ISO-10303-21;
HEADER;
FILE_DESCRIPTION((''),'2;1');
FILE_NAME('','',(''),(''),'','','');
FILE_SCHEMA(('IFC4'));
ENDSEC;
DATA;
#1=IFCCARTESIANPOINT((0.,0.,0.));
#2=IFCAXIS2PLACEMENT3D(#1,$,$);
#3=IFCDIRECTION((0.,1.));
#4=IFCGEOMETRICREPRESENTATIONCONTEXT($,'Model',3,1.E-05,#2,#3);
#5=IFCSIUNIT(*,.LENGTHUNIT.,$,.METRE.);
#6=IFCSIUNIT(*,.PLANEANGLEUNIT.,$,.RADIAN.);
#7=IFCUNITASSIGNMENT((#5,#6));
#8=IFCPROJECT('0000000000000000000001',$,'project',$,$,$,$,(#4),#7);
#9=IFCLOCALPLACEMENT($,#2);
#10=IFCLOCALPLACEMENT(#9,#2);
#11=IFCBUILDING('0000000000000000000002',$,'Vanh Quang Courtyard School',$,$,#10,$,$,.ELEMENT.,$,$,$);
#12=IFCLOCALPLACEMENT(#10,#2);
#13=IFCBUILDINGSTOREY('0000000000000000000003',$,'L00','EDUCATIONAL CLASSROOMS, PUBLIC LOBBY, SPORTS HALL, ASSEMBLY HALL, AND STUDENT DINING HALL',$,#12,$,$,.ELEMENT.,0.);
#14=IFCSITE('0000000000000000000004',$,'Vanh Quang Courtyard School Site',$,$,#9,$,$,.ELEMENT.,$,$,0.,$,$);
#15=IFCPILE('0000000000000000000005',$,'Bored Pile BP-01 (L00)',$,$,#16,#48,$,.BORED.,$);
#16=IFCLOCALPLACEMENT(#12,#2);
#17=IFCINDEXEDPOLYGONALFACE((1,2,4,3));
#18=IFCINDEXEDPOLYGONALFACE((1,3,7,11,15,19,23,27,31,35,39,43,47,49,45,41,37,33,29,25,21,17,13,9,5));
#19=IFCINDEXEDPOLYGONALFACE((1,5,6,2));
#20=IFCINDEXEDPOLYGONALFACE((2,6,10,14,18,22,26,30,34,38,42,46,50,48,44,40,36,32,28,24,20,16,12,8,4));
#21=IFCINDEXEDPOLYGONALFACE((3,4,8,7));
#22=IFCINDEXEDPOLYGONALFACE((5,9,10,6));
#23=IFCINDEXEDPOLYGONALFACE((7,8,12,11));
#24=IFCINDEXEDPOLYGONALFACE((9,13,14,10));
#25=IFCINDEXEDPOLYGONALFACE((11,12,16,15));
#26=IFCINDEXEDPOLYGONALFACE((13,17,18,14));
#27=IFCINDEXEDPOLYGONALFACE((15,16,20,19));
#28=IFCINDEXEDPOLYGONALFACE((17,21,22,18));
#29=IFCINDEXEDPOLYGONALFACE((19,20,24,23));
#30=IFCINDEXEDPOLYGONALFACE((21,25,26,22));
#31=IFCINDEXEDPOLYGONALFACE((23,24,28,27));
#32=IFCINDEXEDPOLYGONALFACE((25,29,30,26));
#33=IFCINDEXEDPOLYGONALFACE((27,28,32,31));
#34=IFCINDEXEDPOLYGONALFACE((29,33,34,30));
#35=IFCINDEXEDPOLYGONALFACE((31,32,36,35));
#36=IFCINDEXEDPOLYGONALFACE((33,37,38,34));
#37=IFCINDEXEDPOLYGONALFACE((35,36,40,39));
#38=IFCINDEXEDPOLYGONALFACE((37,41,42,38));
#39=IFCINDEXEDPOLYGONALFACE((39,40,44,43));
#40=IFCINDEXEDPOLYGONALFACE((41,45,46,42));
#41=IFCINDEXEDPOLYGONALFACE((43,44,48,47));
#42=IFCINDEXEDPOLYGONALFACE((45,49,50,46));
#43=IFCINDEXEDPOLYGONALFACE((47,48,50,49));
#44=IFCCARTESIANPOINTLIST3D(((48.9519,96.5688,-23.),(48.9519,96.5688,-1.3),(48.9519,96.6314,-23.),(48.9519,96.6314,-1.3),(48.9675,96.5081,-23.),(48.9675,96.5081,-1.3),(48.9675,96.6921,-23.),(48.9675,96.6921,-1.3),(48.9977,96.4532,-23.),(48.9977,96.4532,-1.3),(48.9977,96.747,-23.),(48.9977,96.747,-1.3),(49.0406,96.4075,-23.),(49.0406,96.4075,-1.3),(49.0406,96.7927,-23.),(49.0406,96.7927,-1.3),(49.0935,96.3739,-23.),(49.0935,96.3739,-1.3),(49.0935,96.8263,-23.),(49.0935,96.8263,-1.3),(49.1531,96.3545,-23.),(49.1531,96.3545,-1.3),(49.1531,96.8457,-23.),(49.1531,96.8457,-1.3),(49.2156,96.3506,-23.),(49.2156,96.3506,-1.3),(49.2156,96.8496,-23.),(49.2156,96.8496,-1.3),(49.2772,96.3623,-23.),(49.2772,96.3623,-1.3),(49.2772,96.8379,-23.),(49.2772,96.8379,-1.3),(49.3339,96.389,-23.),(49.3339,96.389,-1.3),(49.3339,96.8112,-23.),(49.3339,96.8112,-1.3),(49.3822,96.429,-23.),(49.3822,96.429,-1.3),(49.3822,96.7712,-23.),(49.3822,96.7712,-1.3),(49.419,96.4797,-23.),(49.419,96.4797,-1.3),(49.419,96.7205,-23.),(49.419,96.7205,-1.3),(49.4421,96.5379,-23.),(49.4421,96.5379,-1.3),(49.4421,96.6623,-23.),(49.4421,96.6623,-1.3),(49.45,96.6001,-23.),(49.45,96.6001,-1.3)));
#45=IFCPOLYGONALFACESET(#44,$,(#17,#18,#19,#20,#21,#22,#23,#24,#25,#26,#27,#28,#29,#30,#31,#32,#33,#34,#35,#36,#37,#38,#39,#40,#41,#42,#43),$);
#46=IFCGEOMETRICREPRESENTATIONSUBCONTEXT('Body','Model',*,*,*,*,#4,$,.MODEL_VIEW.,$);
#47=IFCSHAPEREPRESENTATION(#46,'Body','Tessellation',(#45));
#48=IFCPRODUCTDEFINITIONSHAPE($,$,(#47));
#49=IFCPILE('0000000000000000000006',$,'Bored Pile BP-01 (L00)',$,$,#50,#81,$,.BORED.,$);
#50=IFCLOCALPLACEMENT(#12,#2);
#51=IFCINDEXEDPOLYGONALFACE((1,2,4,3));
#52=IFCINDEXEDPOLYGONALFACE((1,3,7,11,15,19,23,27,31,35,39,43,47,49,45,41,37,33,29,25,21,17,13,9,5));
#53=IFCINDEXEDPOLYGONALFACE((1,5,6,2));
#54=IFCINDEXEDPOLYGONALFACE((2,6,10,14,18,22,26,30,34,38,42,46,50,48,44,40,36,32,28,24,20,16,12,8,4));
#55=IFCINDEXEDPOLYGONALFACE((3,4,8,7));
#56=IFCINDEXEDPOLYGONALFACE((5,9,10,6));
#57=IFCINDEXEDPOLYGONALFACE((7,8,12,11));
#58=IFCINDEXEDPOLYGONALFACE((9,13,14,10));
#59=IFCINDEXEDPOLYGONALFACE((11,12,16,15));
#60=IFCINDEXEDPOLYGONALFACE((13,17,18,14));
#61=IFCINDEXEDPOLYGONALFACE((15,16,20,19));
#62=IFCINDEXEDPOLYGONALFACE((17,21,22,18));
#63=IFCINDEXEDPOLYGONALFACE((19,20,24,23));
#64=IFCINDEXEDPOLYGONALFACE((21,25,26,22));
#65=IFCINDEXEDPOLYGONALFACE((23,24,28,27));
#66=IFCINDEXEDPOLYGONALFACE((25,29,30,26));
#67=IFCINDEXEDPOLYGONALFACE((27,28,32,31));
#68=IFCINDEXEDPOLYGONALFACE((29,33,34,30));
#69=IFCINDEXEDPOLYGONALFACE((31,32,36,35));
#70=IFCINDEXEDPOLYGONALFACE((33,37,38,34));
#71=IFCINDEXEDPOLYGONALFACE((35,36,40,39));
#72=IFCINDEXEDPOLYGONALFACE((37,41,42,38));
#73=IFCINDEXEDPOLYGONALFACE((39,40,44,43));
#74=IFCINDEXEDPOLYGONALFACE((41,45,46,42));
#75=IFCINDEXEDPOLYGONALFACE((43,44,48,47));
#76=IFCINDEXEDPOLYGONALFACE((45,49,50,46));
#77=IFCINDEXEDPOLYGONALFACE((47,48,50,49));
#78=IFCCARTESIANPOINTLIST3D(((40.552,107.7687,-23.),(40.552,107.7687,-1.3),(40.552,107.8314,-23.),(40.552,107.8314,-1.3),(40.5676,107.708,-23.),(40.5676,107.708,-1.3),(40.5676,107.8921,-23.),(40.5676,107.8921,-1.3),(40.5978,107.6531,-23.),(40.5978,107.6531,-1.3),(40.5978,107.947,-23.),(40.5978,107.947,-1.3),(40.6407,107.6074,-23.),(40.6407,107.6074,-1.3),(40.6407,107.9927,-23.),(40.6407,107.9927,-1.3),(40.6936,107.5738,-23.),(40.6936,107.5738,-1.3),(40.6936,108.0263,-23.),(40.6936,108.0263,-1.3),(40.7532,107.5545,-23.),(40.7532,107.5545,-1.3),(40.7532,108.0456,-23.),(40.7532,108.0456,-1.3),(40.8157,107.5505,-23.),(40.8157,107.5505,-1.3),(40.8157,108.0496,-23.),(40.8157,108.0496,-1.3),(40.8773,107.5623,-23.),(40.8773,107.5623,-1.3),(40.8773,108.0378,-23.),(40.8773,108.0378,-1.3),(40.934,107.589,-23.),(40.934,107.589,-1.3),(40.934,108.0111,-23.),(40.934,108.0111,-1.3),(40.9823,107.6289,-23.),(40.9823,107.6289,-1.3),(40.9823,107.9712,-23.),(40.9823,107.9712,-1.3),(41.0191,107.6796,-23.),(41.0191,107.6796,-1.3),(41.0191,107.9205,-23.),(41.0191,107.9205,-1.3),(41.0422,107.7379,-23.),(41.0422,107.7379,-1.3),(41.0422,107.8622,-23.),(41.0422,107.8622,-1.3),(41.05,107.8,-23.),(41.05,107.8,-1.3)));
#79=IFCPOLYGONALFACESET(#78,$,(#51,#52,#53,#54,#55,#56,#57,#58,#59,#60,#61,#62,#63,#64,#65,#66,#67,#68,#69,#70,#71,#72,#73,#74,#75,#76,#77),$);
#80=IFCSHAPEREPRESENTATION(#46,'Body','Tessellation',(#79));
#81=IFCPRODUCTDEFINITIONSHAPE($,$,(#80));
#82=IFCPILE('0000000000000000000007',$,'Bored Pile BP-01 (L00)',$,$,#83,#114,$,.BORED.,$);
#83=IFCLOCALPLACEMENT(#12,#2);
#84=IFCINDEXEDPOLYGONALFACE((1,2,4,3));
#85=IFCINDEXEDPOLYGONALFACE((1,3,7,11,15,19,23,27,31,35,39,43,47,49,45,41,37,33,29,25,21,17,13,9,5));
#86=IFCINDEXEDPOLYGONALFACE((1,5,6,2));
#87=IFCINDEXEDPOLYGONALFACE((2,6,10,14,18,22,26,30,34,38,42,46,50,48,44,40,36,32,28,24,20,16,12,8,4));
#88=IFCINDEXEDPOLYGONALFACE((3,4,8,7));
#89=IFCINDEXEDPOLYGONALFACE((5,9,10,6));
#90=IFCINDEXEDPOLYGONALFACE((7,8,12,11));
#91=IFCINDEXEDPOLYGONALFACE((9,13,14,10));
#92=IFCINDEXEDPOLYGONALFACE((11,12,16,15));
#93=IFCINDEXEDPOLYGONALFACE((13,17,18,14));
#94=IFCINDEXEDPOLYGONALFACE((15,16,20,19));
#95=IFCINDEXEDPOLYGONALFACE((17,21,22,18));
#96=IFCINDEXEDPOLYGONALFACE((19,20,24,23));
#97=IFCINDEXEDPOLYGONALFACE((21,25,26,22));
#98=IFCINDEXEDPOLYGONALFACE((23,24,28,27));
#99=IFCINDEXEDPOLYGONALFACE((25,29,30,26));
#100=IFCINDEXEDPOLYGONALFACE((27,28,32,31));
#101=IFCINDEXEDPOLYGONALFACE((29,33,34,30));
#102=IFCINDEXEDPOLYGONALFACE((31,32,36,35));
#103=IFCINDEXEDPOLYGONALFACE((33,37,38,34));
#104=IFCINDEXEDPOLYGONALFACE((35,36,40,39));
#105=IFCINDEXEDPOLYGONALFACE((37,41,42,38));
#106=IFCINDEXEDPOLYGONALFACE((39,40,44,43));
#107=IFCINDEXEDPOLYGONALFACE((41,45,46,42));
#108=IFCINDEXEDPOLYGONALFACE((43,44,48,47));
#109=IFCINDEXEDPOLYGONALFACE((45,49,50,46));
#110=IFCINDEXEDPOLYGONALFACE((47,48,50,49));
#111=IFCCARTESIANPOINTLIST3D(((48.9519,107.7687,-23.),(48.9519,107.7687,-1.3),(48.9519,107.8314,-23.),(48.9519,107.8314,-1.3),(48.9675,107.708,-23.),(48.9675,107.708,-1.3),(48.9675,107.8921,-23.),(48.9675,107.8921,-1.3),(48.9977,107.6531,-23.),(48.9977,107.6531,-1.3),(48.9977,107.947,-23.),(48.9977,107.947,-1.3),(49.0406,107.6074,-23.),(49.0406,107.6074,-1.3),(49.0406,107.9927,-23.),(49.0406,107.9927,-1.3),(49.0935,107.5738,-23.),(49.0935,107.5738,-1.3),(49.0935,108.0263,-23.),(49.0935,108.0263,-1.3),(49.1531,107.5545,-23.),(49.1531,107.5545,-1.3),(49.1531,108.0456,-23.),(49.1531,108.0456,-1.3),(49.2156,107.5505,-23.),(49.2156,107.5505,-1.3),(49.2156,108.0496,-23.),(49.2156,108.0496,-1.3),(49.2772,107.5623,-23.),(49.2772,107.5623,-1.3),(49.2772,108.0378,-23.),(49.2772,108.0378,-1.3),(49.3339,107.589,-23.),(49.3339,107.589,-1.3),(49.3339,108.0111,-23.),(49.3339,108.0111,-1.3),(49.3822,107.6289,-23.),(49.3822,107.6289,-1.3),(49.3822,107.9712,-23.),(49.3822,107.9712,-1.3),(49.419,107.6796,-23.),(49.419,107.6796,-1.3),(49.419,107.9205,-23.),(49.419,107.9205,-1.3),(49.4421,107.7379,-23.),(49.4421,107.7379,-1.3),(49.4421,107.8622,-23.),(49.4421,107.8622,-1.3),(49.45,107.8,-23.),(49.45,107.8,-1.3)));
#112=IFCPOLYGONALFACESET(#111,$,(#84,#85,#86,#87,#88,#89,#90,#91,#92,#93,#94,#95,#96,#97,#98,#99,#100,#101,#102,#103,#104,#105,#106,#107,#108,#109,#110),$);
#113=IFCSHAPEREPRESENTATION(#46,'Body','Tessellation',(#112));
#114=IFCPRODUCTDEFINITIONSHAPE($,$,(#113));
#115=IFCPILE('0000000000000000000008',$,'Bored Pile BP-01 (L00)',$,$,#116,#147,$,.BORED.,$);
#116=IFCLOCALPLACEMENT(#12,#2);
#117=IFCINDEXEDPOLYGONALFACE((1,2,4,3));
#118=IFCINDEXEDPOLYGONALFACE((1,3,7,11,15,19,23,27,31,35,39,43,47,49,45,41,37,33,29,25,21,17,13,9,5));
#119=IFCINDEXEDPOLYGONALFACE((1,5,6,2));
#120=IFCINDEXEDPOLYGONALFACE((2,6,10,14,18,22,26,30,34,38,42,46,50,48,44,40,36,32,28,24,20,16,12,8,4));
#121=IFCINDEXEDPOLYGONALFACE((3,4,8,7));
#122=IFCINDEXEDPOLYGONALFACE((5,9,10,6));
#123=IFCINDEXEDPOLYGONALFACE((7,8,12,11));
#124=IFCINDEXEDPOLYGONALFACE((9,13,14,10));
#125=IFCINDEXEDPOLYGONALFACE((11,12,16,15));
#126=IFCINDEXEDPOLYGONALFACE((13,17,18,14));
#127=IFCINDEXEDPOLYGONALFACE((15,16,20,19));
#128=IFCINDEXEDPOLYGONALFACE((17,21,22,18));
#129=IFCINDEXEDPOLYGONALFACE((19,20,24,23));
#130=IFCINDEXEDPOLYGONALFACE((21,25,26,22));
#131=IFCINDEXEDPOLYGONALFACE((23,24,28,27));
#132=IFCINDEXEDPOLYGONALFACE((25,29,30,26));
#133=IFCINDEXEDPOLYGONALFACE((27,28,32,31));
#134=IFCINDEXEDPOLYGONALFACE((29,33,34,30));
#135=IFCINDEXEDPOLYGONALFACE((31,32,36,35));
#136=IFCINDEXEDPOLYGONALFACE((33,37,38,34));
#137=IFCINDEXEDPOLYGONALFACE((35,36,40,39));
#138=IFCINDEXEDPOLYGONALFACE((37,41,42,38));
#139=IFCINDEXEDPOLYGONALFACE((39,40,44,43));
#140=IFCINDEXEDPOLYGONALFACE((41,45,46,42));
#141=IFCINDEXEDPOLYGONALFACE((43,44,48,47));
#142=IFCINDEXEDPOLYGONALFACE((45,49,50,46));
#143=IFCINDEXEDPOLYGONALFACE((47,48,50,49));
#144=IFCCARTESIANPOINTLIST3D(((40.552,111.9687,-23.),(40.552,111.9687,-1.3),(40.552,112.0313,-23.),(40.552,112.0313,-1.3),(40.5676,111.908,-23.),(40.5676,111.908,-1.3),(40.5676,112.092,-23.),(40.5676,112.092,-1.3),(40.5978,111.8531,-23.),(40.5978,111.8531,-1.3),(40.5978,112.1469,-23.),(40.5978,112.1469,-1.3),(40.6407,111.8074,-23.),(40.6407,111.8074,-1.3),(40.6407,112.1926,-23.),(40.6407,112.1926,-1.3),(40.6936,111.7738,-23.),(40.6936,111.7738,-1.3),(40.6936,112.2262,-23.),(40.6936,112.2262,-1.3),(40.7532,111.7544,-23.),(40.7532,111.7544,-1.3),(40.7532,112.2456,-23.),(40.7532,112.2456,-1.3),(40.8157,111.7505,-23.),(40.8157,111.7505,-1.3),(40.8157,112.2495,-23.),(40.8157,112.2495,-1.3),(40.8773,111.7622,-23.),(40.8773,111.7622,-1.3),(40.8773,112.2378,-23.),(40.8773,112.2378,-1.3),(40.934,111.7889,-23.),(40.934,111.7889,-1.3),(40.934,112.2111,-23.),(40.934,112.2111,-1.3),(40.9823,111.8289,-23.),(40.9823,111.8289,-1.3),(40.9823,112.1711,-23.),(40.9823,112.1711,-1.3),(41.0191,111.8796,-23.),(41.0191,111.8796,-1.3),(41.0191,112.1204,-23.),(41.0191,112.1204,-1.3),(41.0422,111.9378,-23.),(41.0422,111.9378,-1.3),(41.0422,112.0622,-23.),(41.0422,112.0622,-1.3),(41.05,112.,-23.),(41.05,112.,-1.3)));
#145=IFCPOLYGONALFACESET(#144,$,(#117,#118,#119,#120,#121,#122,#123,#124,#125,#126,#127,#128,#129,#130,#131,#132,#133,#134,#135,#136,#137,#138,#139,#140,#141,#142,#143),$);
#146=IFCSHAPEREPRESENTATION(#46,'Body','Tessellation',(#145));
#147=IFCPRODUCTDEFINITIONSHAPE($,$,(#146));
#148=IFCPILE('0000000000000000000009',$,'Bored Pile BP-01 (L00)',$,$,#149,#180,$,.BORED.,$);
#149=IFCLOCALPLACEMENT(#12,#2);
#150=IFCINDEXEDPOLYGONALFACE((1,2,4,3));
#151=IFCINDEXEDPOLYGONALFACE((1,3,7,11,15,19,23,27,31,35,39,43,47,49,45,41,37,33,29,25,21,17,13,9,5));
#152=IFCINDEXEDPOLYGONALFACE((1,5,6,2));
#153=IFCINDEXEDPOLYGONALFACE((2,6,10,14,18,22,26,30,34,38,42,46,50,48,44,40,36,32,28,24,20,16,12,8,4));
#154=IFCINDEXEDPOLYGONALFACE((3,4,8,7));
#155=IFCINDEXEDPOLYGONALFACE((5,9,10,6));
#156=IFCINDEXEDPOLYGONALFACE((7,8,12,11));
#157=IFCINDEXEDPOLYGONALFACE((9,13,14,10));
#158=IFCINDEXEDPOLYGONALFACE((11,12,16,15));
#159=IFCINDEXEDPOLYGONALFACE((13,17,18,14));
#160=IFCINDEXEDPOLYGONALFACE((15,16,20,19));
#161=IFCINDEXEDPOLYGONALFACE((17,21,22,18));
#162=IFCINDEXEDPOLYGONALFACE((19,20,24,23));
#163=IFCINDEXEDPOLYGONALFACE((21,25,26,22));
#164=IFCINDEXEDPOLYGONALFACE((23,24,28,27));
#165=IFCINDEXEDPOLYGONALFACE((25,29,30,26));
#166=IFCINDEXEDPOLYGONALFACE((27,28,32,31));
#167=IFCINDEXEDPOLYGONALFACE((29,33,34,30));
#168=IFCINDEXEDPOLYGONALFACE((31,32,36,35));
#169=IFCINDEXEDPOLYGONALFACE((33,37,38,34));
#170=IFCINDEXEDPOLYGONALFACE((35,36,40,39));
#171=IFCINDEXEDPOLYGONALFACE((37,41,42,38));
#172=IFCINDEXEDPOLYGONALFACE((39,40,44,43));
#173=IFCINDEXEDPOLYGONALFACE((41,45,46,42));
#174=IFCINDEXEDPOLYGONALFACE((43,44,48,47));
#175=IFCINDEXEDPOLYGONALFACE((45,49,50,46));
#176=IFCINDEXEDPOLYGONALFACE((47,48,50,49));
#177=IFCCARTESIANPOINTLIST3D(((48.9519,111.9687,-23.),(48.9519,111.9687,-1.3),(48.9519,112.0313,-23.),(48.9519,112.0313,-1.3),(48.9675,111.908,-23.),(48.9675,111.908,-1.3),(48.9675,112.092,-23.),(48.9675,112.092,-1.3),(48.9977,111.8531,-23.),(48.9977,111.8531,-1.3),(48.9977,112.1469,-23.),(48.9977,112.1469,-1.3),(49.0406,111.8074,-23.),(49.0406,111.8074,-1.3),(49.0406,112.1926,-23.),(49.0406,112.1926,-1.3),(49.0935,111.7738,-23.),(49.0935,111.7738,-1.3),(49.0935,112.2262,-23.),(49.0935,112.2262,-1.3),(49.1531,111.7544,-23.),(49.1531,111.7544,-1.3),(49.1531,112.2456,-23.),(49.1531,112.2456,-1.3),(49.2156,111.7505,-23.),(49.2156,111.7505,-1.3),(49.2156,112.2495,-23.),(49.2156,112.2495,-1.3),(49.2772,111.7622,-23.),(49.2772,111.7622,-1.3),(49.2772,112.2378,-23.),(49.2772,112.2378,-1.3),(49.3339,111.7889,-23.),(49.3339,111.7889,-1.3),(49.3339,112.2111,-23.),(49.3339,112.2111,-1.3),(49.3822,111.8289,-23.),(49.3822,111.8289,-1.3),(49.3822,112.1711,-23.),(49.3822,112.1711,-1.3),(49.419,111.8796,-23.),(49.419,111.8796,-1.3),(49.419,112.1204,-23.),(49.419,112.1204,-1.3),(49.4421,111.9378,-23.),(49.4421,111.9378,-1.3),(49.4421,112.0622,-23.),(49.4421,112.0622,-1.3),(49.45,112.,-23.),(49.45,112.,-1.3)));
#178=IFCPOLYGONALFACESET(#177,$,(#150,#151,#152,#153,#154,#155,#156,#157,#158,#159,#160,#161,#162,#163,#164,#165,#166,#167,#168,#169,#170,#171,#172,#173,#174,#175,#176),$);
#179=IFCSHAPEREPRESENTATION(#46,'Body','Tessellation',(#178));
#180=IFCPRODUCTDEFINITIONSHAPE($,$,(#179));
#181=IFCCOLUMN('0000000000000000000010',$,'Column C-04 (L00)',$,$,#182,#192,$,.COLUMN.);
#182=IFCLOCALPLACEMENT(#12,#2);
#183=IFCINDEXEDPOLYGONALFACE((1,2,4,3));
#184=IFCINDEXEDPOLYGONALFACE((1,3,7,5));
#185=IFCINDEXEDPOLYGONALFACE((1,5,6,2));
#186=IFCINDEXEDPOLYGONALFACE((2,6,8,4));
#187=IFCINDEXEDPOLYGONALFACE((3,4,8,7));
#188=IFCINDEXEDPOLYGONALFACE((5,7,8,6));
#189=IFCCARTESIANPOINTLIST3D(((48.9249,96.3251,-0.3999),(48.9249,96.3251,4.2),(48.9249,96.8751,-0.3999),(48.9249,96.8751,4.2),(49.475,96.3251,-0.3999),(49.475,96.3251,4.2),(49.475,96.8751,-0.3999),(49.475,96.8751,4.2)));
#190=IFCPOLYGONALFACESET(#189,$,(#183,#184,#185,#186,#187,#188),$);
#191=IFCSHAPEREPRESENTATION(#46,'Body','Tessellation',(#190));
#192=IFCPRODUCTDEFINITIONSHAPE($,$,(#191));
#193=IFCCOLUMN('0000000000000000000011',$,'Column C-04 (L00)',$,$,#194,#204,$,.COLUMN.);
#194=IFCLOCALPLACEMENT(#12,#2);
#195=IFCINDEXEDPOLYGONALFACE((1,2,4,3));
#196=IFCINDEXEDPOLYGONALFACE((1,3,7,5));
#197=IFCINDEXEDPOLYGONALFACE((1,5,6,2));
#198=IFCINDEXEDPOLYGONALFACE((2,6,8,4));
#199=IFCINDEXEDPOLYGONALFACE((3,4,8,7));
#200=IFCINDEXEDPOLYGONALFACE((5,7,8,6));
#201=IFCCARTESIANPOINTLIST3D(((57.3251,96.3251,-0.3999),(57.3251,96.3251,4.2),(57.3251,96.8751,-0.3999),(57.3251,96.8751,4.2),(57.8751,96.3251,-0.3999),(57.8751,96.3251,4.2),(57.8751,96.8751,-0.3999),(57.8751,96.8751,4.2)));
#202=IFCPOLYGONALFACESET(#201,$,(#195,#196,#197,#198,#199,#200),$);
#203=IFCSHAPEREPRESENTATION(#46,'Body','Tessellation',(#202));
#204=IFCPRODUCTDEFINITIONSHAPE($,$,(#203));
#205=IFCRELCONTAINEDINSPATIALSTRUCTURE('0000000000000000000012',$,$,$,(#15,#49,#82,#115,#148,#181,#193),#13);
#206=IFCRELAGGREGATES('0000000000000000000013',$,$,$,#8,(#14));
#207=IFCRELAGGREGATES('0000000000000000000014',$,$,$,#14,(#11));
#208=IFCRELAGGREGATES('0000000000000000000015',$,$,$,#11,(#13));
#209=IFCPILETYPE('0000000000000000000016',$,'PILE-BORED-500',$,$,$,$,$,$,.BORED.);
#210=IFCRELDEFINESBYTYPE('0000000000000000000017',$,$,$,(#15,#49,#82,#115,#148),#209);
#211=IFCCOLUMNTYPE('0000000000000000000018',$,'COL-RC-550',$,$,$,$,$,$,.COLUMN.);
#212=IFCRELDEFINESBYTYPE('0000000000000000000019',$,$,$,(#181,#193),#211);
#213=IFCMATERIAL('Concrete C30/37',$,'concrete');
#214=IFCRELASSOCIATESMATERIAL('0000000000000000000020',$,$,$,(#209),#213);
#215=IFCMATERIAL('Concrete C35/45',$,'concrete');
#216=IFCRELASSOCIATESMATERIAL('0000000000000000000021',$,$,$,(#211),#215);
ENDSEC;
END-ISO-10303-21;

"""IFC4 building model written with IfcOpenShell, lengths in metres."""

from ifc_helpers import new_model, si_unit, direction, frame, origin, origin_2d, place, context, subcontext, project, spatial, rectangle, circle, extrude, material, material_profile, profile_set, type_object, element, save


model = new_model("IFC4")

# Units and contexts
model_context = context("Model", 3, precision=1e-05, world=origin(), true_north=direction((0.0, 1.0)))
body_context = subcontext(model_context, "Body", "Model", "MODEL_VIEW")
ifc_project = project(units=[si_unit("LENGTHUNIT", "METRE"), si_unit("PLANEANGLEUNIT", "RADIAN")], contexts=[model_context])

# Site, building, storey
site_placement = place(None, origin())
site = spatial("IfcSite", under=ifc_project, at=site_placement, Name="Vanh Quang Courtyard School Site", CompositionType="ELEMENT", RefElevation=0.0)
building_placement = place(site_placement, origin())
building = spatial("IfcBuilding", under=site, at=building_placement, Name="Vanh Quang Courtyard School", CompositionType="ELEMENT")
storey_placement = place(building_placement, origin())
storey = spatial("IfcBuildingStorey", under=building, at=storey_placement, Name="L00", Description="EDUCATIONAL CLASSROOMS, PUBLIC LOBBY, SPORTS HALL, ASSEMBLY HALL, AND STUDENT DINING HALL", CompositionType="ELEMENT", Elevation=0.0)

# Shared definitions
ifc_material_1 = material(Name="Concrete C35/45", Category="concrete")

# Piles
ifc_material_2 = material(Name="Concrete C30/37", Category="concrete")
ifc_material_profile_1 = material_profile(ifc_material_2, circle(Radius=0.25, at=origin_2d()), Name="PILE D500")
ifc_profile_set_1 = profile_set([ifc_material_profile_1], Name="Concrete C30/37")
pile_type = type_object("IfcPileType", Name="PILE-BORED-500", PredefinedType="BORED", material=ifc_profile_set_1)
for number, where, z_axis, x_axis, name in (
    (1, (49.2, 96.6001, -1.3), (0.0, 0.0, -1.0), (1.0, 0.0, 0.0), "Bored Pile BP-01 (L00)"),
    (2, (40.8, 107.8, -1.3), (0.0, 0.0, -1.0), (1.0, 0.0, 0.0), "Bored Pile BP-01 (L00)"),
    (3, (49.2, 107.8, -1.3), (0.0, 0.0, -1.0), (1.0, 0.0, 0.0), "Bored Pile BP-01 (L00)"),
    (4, (40.8, 112.0, -1.3), (0.0, 0.0, -1.0), (1.0, 0.0, 0.0), "Bored Pile BP-01 (L00)"),
    (5, (49.2, 112.0, -1.3), (0.0, 0.0, -1.0), (1.0, 0.0, 0.0), "Bored Pile BP-01 (L00)"),
):
    element("IfcPile", number, at=place(storey_placement, frame(where, z_axis=z_axis, x_axis=x_axis)), inside=storey, type_object=pile_type, Name=name, PredefinedType="BORED", context=body_context, shape_type="SweptSolid", body=[
        extrude(circle(Radius=0.25, at=origin_2d()), origin(), (0.0, 0.0, 1.0), 21.7),
    ])

# Columns
ifc_material_profile_2 = material_profile(ifc_material_1, rectangle(XDim=0.55, YDim=0.55, at=origin_2d()), Name="RC-COL 550x550")
ifc_profile_set_2 = profile_set([ifc_material_profile_2], Name="Concrete C35/45")
column_type_1 = type_object("IfcColumnType", Name="COL-RC-550", PredefinedType="COLUMN", material=ifc_profile_set_2)
for number, where, z_axis, x_axis, name in (
    (6, (49.2, 96.6001, -0.3999), (0.0, 0.0, 1.0), (1.0, 0.0, 0.0), "Column C-04 (L00)"),
    (7, (57.6001, 96.6001, -0.3999), (0.0, 0.0, 1.0), (1.0, 0.0, 0.0), "Column C-04 (L00)"),
):
    element("IfcColumn", number, at=place(storey_placement, frame(where, z_axis=z_axis, x_axis=x_axis)), inside=storey, type_object=column_type_1, Name=name, PredefinedType="COLUMN", context=body_context, shape_type="SweptSolid", body=[
        extrude(rectangle(XDim=0.55, YDim=0.55, at=origin_2d()), origin(), (0.0, 0.0, 1.0), 4.5999),
    ])

save(model, "model.ifc")
